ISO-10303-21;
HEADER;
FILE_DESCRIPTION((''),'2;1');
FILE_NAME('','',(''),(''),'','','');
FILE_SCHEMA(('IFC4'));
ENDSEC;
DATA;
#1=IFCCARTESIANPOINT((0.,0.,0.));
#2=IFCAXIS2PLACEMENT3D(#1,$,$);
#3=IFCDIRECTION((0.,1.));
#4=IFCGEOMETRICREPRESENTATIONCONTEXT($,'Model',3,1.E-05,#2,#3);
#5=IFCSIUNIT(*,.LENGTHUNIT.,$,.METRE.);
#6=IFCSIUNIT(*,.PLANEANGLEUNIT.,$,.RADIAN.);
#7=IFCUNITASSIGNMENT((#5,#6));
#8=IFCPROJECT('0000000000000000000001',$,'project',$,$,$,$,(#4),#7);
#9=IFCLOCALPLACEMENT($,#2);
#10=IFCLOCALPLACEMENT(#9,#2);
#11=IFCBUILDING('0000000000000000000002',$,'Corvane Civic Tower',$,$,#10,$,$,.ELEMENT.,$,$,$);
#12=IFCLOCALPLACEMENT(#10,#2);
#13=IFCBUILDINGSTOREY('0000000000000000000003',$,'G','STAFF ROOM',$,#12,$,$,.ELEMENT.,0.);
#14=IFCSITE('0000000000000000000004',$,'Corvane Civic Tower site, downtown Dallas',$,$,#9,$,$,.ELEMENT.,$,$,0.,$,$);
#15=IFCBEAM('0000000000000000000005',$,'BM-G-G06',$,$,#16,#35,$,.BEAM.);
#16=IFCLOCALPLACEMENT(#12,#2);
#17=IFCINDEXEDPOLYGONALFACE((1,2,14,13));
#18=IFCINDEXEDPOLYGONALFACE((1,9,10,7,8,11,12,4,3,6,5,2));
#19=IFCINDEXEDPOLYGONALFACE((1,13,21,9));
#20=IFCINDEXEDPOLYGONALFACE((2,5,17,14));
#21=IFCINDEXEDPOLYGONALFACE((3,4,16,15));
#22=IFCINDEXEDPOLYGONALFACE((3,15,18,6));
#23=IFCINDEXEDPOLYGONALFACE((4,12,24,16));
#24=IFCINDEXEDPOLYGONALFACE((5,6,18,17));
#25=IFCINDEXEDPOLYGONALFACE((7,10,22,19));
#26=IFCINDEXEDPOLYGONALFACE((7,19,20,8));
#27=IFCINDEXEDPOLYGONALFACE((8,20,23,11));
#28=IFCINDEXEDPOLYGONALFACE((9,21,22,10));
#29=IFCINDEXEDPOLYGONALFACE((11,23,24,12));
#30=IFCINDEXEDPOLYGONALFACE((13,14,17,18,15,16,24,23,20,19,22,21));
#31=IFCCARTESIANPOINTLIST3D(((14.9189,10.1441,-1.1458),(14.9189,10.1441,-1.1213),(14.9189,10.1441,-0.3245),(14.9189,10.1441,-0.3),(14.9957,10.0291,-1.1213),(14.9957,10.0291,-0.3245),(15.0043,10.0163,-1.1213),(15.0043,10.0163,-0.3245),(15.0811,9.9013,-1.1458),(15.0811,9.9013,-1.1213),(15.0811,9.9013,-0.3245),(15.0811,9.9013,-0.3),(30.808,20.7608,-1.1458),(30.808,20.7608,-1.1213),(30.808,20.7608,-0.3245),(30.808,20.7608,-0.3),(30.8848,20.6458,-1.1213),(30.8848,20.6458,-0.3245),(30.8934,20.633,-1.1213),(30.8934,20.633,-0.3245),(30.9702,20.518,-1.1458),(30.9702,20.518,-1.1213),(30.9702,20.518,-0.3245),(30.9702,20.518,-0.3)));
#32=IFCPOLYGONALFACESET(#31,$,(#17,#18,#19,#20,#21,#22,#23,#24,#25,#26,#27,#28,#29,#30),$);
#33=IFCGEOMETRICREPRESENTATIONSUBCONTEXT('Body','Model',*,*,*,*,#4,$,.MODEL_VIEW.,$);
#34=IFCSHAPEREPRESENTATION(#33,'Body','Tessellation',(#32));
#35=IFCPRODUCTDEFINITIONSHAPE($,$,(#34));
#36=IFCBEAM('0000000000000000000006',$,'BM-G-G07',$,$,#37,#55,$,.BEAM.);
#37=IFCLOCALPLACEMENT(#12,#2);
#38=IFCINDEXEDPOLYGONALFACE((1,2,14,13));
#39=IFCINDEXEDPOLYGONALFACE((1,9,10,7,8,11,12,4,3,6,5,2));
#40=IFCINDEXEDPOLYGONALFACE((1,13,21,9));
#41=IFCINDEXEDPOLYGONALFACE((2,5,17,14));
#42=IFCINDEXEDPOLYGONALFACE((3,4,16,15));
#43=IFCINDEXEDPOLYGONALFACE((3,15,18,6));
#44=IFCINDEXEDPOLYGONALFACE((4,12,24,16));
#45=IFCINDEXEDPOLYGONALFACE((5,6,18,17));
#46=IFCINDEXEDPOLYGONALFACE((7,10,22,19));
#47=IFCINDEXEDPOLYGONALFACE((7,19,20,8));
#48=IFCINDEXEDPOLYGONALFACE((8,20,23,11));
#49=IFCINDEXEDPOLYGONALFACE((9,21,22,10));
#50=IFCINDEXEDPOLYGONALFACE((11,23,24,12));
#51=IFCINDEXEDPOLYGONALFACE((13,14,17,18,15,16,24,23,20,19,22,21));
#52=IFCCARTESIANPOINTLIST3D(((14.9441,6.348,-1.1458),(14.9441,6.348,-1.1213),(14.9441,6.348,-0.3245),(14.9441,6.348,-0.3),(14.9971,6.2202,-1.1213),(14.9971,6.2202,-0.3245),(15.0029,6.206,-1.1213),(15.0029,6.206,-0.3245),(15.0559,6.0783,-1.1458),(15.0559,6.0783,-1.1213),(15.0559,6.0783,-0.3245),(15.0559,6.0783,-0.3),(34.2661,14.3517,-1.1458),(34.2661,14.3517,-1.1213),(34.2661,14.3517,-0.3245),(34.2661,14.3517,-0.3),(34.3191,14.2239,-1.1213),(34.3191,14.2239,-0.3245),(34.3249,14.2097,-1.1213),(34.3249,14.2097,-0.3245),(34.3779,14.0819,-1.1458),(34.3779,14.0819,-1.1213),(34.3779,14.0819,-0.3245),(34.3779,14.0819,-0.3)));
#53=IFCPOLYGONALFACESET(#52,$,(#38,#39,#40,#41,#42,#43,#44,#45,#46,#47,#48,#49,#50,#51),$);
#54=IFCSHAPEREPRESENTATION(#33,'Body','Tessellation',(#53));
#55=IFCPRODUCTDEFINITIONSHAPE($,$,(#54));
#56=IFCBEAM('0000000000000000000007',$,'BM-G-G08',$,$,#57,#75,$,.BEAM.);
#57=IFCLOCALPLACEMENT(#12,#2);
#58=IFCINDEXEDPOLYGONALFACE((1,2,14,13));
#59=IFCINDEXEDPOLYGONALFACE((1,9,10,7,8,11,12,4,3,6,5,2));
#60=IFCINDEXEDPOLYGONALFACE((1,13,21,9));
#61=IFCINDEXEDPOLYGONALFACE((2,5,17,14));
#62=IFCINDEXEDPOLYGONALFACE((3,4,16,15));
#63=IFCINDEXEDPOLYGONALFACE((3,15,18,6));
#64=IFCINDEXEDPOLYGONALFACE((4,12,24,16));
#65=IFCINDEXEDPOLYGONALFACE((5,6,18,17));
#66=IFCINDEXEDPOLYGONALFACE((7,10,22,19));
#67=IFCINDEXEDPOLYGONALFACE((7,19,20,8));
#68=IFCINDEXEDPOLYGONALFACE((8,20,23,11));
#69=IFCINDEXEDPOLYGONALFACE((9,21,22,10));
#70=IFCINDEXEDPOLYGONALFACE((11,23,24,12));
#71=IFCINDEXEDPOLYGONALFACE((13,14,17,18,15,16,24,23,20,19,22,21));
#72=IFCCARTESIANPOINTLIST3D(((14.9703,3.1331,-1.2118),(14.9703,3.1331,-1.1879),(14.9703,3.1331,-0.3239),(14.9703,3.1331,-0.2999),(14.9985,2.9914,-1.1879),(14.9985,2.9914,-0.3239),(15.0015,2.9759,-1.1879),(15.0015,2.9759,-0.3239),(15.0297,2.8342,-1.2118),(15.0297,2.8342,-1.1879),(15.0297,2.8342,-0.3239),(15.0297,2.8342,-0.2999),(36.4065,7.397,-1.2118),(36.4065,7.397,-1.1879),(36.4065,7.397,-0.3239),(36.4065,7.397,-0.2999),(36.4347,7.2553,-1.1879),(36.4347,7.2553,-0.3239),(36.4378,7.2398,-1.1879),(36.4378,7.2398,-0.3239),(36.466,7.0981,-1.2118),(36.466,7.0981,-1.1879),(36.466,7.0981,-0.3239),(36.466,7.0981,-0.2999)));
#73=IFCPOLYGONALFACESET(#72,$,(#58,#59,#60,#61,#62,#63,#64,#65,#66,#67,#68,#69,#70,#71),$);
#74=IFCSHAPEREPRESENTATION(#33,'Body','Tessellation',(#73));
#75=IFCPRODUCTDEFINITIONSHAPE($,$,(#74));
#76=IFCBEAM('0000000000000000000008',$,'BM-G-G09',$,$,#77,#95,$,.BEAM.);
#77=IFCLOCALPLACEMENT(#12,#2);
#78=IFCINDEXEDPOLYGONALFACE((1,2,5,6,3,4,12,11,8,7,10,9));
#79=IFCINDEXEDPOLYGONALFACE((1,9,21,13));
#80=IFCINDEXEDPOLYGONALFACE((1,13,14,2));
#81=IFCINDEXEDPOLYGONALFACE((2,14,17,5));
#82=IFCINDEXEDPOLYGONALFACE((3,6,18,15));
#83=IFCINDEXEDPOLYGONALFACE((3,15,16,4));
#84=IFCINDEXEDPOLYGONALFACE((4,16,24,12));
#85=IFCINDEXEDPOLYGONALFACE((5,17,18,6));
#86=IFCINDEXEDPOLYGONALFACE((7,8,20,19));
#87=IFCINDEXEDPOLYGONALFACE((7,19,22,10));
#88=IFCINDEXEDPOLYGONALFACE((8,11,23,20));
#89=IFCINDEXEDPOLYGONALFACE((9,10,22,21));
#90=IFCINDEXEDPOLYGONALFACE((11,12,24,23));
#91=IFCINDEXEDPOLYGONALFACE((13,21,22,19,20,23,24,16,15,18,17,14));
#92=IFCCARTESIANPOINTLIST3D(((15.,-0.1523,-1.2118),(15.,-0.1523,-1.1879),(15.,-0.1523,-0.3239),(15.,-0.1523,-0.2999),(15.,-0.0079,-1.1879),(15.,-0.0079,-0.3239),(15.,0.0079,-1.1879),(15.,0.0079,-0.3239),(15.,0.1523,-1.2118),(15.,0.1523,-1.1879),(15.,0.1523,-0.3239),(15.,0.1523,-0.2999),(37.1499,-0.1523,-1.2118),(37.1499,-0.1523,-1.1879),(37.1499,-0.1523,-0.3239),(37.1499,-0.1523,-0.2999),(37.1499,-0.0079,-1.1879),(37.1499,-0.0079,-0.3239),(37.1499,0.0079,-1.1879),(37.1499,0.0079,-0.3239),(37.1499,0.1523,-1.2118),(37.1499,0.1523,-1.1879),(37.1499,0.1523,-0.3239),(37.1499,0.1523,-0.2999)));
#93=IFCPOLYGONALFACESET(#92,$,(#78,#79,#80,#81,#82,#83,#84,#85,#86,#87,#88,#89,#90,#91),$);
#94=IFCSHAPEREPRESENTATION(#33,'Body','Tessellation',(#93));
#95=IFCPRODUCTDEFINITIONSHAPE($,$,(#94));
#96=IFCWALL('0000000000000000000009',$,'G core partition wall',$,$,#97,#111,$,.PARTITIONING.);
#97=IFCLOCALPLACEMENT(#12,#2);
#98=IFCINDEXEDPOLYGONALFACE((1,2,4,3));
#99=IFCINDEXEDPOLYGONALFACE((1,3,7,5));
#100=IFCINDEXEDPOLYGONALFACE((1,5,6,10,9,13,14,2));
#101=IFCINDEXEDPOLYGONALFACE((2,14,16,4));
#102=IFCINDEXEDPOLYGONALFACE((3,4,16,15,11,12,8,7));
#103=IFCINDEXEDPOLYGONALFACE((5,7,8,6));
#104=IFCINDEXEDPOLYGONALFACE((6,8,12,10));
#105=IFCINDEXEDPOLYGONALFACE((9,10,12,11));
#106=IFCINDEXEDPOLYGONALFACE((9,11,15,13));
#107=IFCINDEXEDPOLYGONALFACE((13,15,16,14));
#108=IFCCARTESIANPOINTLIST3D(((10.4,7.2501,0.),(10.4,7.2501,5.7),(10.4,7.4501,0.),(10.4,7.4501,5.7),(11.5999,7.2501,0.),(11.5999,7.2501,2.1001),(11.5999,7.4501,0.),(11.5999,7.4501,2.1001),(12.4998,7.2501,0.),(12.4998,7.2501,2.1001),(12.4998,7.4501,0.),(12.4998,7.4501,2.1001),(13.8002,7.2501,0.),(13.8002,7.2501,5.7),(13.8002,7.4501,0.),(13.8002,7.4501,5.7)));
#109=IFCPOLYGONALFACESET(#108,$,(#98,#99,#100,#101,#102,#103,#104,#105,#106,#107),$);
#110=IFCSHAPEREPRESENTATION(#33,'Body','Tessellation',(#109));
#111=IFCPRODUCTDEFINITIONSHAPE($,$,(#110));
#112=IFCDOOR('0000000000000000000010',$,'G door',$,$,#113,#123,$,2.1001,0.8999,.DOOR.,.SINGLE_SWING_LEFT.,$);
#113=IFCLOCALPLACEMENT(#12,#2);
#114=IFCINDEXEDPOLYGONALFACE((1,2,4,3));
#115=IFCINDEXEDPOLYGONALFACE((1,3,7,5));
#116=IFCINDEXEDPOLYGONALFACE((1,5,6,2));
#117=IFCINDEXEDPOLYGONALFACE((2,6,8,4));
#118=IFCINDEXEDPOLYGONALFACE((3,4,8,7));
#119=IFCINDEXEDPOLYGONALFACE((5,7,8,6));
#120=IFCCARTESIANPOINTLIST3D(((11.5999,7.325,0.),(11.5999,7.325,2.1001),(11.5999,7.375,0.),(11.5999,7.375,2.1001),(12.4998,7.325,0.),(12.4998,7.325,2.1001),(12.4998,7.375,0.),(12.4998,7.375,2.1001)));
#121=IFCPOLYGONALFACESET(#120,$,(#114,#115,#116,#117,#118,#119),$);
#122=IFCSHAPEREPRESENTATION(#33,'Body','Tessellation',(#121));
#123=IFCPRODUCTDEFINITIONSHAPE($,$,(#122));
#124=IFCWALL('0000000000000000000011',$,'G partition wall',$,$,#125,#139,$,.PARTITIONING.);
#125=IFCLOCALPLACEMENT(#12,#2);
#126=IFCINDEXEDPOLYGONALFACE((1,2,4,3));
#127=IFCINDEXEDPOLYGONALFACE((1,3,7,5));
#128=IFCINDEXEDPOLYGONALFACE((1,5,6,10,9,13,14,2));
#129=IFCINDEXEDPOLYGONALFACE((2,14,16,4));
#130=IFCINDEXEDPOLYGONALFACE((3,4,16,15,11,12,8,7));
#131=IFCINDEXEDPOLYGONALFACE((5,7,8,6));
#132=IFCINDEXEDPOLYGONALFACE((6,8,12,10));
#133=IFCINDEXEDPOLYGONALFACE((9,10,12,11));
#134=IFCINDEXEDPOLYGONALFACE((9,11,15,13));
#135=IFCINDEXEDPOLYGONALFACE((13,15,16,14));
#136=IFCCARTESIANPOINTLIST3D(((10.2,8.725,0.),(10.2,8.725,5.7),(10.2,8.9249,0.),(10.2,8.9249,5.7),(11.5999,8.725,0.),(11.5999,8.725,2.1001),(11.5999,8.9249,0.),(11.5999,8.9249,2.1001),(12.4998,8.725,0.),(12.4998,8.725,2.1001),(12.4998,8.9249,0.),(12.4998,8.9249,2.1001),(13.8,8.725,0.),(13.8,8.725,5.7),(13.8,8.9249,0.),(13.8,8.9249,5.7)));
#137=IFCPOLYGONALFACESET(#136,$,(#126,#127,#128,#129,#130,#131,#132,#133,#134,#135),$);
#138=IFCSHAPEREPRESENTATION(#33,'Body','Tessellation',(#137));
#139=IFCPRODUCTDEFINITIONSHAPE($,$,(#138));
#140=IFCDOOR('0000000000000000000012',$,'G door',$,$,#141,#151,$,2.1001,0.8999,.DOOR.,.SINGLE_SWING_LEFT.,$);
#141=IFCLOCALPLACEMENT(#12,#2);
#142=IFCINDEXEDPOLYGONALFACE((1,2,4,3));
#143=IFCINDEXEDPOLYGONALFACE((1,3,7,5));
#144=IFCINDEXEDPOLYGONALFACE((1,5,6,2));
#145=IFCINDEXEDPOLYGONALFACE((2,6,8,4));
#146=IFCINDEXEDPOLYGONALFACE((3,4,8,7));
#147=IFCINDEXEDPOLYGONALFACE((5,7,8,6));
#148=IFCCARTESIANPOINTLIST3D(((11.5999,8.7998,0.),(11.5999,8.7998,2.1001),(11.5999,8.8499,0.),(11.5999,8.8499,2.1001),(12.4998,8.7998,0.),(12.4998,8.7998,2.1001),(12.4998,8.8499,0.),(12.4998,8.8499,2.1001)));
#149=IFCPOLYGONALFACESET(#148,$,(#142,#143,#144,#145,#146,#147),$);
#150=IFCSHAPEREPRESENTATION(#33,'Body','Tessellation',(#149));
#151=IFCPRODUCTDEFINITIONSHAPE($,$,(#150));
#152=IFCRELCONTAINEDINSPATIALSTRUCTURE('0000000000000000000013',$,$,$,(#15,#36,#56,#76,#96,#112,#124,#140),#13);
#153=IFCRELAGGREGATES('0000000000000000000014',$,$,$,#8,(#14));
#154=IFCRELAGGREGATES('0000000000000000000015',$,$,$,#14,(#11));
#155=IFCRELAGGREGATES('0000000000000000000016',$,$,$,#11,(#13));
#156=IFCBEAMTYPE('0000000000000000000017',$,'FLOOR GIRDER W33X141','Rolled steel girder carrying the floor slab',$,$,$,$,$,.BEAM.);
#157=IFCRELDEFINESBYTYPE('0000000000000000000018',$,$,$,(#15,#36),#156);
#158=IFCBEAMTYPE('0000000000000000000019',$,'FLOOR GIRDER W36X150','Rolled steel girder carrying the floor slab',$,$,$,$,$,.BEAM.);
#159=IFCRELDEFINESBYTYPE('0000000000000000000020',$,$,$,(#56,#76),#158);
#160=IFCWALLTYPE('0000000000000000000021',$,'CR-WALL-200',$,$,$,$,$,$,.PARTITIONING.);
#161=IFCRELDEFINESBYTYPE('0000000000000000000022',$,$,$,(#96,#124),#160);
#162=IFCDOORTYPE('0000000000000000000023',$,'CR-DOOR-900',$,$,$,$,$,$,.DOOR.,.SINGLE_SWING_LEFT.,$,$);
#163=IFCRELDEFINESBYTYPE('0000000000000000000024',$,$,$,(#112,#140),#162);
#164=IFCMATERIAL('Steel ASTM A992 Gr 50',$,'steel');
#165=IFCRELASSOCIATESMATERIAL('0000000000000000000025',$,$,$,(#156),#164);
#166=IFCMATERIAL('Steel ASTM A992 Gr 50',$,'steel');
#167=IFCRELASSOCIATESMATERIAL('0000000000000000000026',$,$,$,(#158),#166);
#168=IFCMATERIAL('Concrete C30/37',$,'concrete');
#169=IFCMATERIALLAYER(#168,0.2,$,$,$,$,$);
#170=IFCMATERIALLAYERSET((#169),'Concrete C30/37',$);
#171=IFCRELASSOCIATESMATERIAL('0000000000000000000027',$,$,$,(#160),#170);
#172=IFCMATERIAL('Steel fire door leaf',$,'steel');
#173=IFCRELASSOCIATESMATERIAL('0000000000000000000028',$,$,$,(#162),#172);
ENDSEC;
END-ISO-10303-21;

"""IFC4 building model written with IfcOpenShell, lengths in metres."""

from ifc_helpers import new_model, si_unit, direction, frame, frame_2d, origin, origin_2d, place, context, subcontext, project, spatial, rectangle, i_section, extrude, material, layer, layer_set, material_profile, profile_set, type_object, element, fill, save


model = new_model("IFC4")

# Units and contexts
model_context = context("Model", 3, precision=1e-05, world=origin(), true_north=direction((0.0, 1.0)))
body_context = subcontext(model_context, "Body", "Model", "MODEL_VIEW")
ifc_project = project(units=[si_unit("LENGTHUNIT", "METRE"), si_unit("PLANEANGLEUNIT", "RADIAN")], contexts=[model_context])

# Site, building, storey
site_placement = place(None, origin())
site = spatial("IfcSite", under=ifc_project, at=site_placement, Name="Corvane Civic Tower site, downtown Dallas", CompositionType="ELEMENT", RefElevation=0.0)
building_placement = place(site_placement, origin())
building = spatial("IfcBuilding", under=site, at=building_placement, Name="Corvane Civic Tower", CompositionType="ELEMENT")
storey_placement = place(building_placement, origin())
storey = spatial("IfcBuildingStorey", under=building, at=storey_placement, Name="G", Description="STAFF ROOM", CompositionType="ELEMENT", Elevation=0.0)

# Beams
ifc_material_1 = material(Name="Steel ASTM A992 Gr 50", Category="steel")
ifc_material_profile_1 = material_profile(ifc_material_1, i_section(OverallWidth=0.292, OverallDepth=0.8457, WebThickness=0.0154, FlangeThickness=0.0244, at=origin_2d()), Name="W33X141")
ifc_profile_set_1 = profile_set([ifc_material_profile_1], Name="Steel ASTM A992 Gr 50")
beam_type_1 = type_object("IfcBeamType", Name="FLOOR GIRDER W33X141", Description="Rolled steel girder carrying the floor slab", PredefinedType="BEAM", material=ifc_profile_set_1)
beam_1_placement = place(storey_placement, frame((15.0, 10.0227, -0.7229), z_axis=(0.831472, 0.555567, 0.0), x_axis=(-0.555567, 0.831472, 0.0)))
element("IfcBeam", 1, at=beam_1_placement, inside=storey, type_object=beam_type_1, Name="BM-G-G06", PredefinedType="BEAM", context=body_context, shape_type="SweptSolid", body=[
    extrude(i_section(OverallWidth=0.292, OverallDepth=0.8457, WebThickness=0.0154, FlangeThickness=0.0244, at=origin_2d()), origin(), (0.0, 0.0, 1.0), 19.1096),
])
beam_2_placement = place(storey_placement, frame((15.0, 6.2131, -0.7229), z_axis=(0.923876, 0.382692, 0.0), x_axis=(-0.382692, 0.923876, 0.0)))
element("IfcBeam", 2, at=beam_2_placement, inside=storey, type_object=beam_type_1, Name="BM-G-G07", PredefinedType="BEAM", context=body_context, shape_type="SweptSolid", body=[
    extrude(i_section(OverallWidth=0.292, OverallDepth=0.8457, WebThickness=0.0154, FlangeThickness=0.0244, at=origin_2d()), origin(), (0.0, 0.0, 1.0), 20.9141),
])
ifc_material_2 = material(Name="Steel ASTM A992 Gr 50", Category="steel")
ifc_material_profile_2 = material_profile(ifc_material_2, i_section(OverallWidth=0.3047, OverallDepth=0.9119, WebThickness=0.0159, FlangeThickness=0.0239, at=origin_2d()), Name="W36X150")
ifc_profile_set_2 = profile_set([ifc_material_profile_2], Name="Steel ASTM A992 Gr 50")
beam_type_2 = type_object("IfcBeamType", Name="FLOOR GIRDER W36X150", Description="Rolled steel girder carrying the floor slab", PredefinedType="BEAM", material=ifc_profile_set_2)
beam_3_placement = place(storey_placement, frame((15.0, 2.9836, -0.7559), z_axis=(0.980785, 0.195089, 0.0), x_axis=(-0.195089, 0.980785, 0.0)))
element("IfcBeam", 3, at=beam_3_placement, inside=storey, type_object=beam_type_2, Name="BM-G-G08", PredefinedType="BEAM", context=body_context, shape_type="SweptSolid", body=[
    extrude(i_section(OverallWidth=0.3047, OverallDepth=0.9119, WebThickness=0.0159, FlangeThickness=0.0239, at=origin_2d()), origin(), (0.0, 0.0, 1.0), 21.8562),
])
beam_4_placement = place(storey_placement, frame((15.0, 0.0, -0.7559), z_axis=(1.0, 0.0, 0.0), x_axis=(0.0, 1.0, 0.0)))
element("IfcBeam", 4, at=beam_4_placement, inside=storey, type_object=beam_type_2, Name="BM-G-G09", PredefinedType="BEAM", context=body_context, shape_type="SweptSolid", body=[
    extrude(i_section(OverallWidth=0.3047, OverallDepth=0.9119, WebThickness=0.0159, FlangeThickness=0.0239, at=origin_2d()), origin(), (0.0, 0.0, 1.0), 22.1499),
])

# Walls, openings, doors
ifc_material_3 = material(Name="Concrete C30/37", Category="concrete")
ifc_layer_1 = layer(ifc_material_3, 0.2)
ifc_layer_set_1 = layer_set([ifc_layer_1], Name="Concrete C30/37")
wall_type_1 = type_object("IfcWallType", Name="CR-WALL-200", PredefinedType="PARTITIONING", material=ifc_layer_set_1)
wall_1_placement = place(storey_placement, frame((10.3999, 7.3501, 0.0), z_axis=(0.0, 0.0, 1.0), x_axis=(1.0, 0.0, 0.0)))
wall_1 = element("IfcWall", 5, at=wall_1_placement, inside=storey, type_object=wall_type_1, Name="G core partition wall", PredefinedType="PARTITIONING", context=body_context, shape_type="SweptSolid", body=[
    extrude(rectangle(XDim=3.4001, YDim=0.2, at=frame_2d((1.7002, 0.0))), origin(), (0.0, 0.0, 1.0), 5.7),
])
opening_1_placement = place(wall_1_placement, frame((1.2, 0.0, 0.0)))
opening_1 = element("IfcOpeningElement", 6, at=opening_1_placement, cuts=wall_1, PredefinedType="OPENING", context=body_context, shape_type="SweptSolid", body=[
    extrude(rectangle(XDim=0.8999, YDim=2.1001, at=frame_2d((0.45, 1.05))), frame((0.0, 0.1099, 0.0), z_axis=(0.0, -1.0, 0.0), x_axis=(1.0, 0.0, 0.0)), (0.0, 0.0, 1.0), 0.22),
])
ifc_material_4 = material(Name="Steel fire door leaf", Category="steel")
door_type_1 = type_object("IfcDoorType", Name="CR-DOOR-900", OperationType="SINGLE_SWING_LEFT", PredefinedType="DOOR", material=ifc_material_4)
door_1_placement = place(opening_1_placement, origin())
door_1 = element("IfcDoor", 7, at=door_1_placement, inside=storey, type_object=door_type_1, Name="G door", OperationType="SINGLE_SWING_LEFT", OverallHeight=2.1001, OverallWidth=0.8999, PredefinedType="DOOR", context=body_context, shape_type="SweptSolid", body=[
    extrude(rectangle(XDim=0.8999, YDim=2.1001, at=frame_2d((0.45, 1.05))), frame((0.0, 0.0249, 0.0), z_axis=(0.0, -1.0, 0.0), x_axis=(1.0, 0.0, 0.0)), (0.0, 0.0, 1.0), 0.05),
])
fill(opening_1, door_1)
wall_2_placement = place(storey_placement, frame((10.2, 8.825, 0.0), z_axis=(0.0, 0.0, 1.0), x_axis=(1.0, 0.0, 0.0)))
wall_2 = element("IfcWall", 8, at=wall_2_placement, inside=storey, type_object=wall_type_1, Name="G partition wall", PredefinedType="PARTITIONING", context=body_context, shape_type="SweptSolid", body=[
    extrude(rectangle(XDim=3.6001, YDim=0.2, at=frame_2d((1.8, 0.0))), origin(), (0.0, 0.0, 1.0), 5.7),
])
opening_2_placement = place(wall_2_placement, frame((1.3999, 0.0, 0.0)))
opening_2 = element("IfcOpeningElement", 9, at=opening_2_placement, cuts=wall_2, PredefinedType="OPENING", context=body_context, shape_type="SweptSolid", body=[
    extrude(rectangle(XDim=0.8999, YDim=2.1001, at=frame_2d((0.45, 1.05))), frame((0.0, 0.1099, 0.0), z_axis=(0.0, -1.0, 0.0), x_axis=(1.0, 0.0, 0.0)), (0.0, 0.0, 1.0), 0.22),
])
door_2_placement = place(opening_2_placement, origin())
door_2 = element("IfcDoor", 10, at=door_2_placement, inside=storey, type_object=door_type_1, Name="G door", OperationType="SINGLE_SWING_LEFT", OverallHeight=2.1001, OverallWidth=0.8999, PredefinedType="DOOR", context=body_context, shape_type="SweptSolid", body=[
    extrude(rectangle(XDim=0.8999, YDim=2.1001, at=frame_2d((0.45, 1.05))), frame((0.0, 0.0249, 0.0), z_axis=(0.0, -1.0, 0.0), x_axis=(1.0, 0.0, 0.0)), (0.0, 0.0, 1.0), 0.05),
])
fill(opening_2, door_2)

save(model, "model.ifc")
